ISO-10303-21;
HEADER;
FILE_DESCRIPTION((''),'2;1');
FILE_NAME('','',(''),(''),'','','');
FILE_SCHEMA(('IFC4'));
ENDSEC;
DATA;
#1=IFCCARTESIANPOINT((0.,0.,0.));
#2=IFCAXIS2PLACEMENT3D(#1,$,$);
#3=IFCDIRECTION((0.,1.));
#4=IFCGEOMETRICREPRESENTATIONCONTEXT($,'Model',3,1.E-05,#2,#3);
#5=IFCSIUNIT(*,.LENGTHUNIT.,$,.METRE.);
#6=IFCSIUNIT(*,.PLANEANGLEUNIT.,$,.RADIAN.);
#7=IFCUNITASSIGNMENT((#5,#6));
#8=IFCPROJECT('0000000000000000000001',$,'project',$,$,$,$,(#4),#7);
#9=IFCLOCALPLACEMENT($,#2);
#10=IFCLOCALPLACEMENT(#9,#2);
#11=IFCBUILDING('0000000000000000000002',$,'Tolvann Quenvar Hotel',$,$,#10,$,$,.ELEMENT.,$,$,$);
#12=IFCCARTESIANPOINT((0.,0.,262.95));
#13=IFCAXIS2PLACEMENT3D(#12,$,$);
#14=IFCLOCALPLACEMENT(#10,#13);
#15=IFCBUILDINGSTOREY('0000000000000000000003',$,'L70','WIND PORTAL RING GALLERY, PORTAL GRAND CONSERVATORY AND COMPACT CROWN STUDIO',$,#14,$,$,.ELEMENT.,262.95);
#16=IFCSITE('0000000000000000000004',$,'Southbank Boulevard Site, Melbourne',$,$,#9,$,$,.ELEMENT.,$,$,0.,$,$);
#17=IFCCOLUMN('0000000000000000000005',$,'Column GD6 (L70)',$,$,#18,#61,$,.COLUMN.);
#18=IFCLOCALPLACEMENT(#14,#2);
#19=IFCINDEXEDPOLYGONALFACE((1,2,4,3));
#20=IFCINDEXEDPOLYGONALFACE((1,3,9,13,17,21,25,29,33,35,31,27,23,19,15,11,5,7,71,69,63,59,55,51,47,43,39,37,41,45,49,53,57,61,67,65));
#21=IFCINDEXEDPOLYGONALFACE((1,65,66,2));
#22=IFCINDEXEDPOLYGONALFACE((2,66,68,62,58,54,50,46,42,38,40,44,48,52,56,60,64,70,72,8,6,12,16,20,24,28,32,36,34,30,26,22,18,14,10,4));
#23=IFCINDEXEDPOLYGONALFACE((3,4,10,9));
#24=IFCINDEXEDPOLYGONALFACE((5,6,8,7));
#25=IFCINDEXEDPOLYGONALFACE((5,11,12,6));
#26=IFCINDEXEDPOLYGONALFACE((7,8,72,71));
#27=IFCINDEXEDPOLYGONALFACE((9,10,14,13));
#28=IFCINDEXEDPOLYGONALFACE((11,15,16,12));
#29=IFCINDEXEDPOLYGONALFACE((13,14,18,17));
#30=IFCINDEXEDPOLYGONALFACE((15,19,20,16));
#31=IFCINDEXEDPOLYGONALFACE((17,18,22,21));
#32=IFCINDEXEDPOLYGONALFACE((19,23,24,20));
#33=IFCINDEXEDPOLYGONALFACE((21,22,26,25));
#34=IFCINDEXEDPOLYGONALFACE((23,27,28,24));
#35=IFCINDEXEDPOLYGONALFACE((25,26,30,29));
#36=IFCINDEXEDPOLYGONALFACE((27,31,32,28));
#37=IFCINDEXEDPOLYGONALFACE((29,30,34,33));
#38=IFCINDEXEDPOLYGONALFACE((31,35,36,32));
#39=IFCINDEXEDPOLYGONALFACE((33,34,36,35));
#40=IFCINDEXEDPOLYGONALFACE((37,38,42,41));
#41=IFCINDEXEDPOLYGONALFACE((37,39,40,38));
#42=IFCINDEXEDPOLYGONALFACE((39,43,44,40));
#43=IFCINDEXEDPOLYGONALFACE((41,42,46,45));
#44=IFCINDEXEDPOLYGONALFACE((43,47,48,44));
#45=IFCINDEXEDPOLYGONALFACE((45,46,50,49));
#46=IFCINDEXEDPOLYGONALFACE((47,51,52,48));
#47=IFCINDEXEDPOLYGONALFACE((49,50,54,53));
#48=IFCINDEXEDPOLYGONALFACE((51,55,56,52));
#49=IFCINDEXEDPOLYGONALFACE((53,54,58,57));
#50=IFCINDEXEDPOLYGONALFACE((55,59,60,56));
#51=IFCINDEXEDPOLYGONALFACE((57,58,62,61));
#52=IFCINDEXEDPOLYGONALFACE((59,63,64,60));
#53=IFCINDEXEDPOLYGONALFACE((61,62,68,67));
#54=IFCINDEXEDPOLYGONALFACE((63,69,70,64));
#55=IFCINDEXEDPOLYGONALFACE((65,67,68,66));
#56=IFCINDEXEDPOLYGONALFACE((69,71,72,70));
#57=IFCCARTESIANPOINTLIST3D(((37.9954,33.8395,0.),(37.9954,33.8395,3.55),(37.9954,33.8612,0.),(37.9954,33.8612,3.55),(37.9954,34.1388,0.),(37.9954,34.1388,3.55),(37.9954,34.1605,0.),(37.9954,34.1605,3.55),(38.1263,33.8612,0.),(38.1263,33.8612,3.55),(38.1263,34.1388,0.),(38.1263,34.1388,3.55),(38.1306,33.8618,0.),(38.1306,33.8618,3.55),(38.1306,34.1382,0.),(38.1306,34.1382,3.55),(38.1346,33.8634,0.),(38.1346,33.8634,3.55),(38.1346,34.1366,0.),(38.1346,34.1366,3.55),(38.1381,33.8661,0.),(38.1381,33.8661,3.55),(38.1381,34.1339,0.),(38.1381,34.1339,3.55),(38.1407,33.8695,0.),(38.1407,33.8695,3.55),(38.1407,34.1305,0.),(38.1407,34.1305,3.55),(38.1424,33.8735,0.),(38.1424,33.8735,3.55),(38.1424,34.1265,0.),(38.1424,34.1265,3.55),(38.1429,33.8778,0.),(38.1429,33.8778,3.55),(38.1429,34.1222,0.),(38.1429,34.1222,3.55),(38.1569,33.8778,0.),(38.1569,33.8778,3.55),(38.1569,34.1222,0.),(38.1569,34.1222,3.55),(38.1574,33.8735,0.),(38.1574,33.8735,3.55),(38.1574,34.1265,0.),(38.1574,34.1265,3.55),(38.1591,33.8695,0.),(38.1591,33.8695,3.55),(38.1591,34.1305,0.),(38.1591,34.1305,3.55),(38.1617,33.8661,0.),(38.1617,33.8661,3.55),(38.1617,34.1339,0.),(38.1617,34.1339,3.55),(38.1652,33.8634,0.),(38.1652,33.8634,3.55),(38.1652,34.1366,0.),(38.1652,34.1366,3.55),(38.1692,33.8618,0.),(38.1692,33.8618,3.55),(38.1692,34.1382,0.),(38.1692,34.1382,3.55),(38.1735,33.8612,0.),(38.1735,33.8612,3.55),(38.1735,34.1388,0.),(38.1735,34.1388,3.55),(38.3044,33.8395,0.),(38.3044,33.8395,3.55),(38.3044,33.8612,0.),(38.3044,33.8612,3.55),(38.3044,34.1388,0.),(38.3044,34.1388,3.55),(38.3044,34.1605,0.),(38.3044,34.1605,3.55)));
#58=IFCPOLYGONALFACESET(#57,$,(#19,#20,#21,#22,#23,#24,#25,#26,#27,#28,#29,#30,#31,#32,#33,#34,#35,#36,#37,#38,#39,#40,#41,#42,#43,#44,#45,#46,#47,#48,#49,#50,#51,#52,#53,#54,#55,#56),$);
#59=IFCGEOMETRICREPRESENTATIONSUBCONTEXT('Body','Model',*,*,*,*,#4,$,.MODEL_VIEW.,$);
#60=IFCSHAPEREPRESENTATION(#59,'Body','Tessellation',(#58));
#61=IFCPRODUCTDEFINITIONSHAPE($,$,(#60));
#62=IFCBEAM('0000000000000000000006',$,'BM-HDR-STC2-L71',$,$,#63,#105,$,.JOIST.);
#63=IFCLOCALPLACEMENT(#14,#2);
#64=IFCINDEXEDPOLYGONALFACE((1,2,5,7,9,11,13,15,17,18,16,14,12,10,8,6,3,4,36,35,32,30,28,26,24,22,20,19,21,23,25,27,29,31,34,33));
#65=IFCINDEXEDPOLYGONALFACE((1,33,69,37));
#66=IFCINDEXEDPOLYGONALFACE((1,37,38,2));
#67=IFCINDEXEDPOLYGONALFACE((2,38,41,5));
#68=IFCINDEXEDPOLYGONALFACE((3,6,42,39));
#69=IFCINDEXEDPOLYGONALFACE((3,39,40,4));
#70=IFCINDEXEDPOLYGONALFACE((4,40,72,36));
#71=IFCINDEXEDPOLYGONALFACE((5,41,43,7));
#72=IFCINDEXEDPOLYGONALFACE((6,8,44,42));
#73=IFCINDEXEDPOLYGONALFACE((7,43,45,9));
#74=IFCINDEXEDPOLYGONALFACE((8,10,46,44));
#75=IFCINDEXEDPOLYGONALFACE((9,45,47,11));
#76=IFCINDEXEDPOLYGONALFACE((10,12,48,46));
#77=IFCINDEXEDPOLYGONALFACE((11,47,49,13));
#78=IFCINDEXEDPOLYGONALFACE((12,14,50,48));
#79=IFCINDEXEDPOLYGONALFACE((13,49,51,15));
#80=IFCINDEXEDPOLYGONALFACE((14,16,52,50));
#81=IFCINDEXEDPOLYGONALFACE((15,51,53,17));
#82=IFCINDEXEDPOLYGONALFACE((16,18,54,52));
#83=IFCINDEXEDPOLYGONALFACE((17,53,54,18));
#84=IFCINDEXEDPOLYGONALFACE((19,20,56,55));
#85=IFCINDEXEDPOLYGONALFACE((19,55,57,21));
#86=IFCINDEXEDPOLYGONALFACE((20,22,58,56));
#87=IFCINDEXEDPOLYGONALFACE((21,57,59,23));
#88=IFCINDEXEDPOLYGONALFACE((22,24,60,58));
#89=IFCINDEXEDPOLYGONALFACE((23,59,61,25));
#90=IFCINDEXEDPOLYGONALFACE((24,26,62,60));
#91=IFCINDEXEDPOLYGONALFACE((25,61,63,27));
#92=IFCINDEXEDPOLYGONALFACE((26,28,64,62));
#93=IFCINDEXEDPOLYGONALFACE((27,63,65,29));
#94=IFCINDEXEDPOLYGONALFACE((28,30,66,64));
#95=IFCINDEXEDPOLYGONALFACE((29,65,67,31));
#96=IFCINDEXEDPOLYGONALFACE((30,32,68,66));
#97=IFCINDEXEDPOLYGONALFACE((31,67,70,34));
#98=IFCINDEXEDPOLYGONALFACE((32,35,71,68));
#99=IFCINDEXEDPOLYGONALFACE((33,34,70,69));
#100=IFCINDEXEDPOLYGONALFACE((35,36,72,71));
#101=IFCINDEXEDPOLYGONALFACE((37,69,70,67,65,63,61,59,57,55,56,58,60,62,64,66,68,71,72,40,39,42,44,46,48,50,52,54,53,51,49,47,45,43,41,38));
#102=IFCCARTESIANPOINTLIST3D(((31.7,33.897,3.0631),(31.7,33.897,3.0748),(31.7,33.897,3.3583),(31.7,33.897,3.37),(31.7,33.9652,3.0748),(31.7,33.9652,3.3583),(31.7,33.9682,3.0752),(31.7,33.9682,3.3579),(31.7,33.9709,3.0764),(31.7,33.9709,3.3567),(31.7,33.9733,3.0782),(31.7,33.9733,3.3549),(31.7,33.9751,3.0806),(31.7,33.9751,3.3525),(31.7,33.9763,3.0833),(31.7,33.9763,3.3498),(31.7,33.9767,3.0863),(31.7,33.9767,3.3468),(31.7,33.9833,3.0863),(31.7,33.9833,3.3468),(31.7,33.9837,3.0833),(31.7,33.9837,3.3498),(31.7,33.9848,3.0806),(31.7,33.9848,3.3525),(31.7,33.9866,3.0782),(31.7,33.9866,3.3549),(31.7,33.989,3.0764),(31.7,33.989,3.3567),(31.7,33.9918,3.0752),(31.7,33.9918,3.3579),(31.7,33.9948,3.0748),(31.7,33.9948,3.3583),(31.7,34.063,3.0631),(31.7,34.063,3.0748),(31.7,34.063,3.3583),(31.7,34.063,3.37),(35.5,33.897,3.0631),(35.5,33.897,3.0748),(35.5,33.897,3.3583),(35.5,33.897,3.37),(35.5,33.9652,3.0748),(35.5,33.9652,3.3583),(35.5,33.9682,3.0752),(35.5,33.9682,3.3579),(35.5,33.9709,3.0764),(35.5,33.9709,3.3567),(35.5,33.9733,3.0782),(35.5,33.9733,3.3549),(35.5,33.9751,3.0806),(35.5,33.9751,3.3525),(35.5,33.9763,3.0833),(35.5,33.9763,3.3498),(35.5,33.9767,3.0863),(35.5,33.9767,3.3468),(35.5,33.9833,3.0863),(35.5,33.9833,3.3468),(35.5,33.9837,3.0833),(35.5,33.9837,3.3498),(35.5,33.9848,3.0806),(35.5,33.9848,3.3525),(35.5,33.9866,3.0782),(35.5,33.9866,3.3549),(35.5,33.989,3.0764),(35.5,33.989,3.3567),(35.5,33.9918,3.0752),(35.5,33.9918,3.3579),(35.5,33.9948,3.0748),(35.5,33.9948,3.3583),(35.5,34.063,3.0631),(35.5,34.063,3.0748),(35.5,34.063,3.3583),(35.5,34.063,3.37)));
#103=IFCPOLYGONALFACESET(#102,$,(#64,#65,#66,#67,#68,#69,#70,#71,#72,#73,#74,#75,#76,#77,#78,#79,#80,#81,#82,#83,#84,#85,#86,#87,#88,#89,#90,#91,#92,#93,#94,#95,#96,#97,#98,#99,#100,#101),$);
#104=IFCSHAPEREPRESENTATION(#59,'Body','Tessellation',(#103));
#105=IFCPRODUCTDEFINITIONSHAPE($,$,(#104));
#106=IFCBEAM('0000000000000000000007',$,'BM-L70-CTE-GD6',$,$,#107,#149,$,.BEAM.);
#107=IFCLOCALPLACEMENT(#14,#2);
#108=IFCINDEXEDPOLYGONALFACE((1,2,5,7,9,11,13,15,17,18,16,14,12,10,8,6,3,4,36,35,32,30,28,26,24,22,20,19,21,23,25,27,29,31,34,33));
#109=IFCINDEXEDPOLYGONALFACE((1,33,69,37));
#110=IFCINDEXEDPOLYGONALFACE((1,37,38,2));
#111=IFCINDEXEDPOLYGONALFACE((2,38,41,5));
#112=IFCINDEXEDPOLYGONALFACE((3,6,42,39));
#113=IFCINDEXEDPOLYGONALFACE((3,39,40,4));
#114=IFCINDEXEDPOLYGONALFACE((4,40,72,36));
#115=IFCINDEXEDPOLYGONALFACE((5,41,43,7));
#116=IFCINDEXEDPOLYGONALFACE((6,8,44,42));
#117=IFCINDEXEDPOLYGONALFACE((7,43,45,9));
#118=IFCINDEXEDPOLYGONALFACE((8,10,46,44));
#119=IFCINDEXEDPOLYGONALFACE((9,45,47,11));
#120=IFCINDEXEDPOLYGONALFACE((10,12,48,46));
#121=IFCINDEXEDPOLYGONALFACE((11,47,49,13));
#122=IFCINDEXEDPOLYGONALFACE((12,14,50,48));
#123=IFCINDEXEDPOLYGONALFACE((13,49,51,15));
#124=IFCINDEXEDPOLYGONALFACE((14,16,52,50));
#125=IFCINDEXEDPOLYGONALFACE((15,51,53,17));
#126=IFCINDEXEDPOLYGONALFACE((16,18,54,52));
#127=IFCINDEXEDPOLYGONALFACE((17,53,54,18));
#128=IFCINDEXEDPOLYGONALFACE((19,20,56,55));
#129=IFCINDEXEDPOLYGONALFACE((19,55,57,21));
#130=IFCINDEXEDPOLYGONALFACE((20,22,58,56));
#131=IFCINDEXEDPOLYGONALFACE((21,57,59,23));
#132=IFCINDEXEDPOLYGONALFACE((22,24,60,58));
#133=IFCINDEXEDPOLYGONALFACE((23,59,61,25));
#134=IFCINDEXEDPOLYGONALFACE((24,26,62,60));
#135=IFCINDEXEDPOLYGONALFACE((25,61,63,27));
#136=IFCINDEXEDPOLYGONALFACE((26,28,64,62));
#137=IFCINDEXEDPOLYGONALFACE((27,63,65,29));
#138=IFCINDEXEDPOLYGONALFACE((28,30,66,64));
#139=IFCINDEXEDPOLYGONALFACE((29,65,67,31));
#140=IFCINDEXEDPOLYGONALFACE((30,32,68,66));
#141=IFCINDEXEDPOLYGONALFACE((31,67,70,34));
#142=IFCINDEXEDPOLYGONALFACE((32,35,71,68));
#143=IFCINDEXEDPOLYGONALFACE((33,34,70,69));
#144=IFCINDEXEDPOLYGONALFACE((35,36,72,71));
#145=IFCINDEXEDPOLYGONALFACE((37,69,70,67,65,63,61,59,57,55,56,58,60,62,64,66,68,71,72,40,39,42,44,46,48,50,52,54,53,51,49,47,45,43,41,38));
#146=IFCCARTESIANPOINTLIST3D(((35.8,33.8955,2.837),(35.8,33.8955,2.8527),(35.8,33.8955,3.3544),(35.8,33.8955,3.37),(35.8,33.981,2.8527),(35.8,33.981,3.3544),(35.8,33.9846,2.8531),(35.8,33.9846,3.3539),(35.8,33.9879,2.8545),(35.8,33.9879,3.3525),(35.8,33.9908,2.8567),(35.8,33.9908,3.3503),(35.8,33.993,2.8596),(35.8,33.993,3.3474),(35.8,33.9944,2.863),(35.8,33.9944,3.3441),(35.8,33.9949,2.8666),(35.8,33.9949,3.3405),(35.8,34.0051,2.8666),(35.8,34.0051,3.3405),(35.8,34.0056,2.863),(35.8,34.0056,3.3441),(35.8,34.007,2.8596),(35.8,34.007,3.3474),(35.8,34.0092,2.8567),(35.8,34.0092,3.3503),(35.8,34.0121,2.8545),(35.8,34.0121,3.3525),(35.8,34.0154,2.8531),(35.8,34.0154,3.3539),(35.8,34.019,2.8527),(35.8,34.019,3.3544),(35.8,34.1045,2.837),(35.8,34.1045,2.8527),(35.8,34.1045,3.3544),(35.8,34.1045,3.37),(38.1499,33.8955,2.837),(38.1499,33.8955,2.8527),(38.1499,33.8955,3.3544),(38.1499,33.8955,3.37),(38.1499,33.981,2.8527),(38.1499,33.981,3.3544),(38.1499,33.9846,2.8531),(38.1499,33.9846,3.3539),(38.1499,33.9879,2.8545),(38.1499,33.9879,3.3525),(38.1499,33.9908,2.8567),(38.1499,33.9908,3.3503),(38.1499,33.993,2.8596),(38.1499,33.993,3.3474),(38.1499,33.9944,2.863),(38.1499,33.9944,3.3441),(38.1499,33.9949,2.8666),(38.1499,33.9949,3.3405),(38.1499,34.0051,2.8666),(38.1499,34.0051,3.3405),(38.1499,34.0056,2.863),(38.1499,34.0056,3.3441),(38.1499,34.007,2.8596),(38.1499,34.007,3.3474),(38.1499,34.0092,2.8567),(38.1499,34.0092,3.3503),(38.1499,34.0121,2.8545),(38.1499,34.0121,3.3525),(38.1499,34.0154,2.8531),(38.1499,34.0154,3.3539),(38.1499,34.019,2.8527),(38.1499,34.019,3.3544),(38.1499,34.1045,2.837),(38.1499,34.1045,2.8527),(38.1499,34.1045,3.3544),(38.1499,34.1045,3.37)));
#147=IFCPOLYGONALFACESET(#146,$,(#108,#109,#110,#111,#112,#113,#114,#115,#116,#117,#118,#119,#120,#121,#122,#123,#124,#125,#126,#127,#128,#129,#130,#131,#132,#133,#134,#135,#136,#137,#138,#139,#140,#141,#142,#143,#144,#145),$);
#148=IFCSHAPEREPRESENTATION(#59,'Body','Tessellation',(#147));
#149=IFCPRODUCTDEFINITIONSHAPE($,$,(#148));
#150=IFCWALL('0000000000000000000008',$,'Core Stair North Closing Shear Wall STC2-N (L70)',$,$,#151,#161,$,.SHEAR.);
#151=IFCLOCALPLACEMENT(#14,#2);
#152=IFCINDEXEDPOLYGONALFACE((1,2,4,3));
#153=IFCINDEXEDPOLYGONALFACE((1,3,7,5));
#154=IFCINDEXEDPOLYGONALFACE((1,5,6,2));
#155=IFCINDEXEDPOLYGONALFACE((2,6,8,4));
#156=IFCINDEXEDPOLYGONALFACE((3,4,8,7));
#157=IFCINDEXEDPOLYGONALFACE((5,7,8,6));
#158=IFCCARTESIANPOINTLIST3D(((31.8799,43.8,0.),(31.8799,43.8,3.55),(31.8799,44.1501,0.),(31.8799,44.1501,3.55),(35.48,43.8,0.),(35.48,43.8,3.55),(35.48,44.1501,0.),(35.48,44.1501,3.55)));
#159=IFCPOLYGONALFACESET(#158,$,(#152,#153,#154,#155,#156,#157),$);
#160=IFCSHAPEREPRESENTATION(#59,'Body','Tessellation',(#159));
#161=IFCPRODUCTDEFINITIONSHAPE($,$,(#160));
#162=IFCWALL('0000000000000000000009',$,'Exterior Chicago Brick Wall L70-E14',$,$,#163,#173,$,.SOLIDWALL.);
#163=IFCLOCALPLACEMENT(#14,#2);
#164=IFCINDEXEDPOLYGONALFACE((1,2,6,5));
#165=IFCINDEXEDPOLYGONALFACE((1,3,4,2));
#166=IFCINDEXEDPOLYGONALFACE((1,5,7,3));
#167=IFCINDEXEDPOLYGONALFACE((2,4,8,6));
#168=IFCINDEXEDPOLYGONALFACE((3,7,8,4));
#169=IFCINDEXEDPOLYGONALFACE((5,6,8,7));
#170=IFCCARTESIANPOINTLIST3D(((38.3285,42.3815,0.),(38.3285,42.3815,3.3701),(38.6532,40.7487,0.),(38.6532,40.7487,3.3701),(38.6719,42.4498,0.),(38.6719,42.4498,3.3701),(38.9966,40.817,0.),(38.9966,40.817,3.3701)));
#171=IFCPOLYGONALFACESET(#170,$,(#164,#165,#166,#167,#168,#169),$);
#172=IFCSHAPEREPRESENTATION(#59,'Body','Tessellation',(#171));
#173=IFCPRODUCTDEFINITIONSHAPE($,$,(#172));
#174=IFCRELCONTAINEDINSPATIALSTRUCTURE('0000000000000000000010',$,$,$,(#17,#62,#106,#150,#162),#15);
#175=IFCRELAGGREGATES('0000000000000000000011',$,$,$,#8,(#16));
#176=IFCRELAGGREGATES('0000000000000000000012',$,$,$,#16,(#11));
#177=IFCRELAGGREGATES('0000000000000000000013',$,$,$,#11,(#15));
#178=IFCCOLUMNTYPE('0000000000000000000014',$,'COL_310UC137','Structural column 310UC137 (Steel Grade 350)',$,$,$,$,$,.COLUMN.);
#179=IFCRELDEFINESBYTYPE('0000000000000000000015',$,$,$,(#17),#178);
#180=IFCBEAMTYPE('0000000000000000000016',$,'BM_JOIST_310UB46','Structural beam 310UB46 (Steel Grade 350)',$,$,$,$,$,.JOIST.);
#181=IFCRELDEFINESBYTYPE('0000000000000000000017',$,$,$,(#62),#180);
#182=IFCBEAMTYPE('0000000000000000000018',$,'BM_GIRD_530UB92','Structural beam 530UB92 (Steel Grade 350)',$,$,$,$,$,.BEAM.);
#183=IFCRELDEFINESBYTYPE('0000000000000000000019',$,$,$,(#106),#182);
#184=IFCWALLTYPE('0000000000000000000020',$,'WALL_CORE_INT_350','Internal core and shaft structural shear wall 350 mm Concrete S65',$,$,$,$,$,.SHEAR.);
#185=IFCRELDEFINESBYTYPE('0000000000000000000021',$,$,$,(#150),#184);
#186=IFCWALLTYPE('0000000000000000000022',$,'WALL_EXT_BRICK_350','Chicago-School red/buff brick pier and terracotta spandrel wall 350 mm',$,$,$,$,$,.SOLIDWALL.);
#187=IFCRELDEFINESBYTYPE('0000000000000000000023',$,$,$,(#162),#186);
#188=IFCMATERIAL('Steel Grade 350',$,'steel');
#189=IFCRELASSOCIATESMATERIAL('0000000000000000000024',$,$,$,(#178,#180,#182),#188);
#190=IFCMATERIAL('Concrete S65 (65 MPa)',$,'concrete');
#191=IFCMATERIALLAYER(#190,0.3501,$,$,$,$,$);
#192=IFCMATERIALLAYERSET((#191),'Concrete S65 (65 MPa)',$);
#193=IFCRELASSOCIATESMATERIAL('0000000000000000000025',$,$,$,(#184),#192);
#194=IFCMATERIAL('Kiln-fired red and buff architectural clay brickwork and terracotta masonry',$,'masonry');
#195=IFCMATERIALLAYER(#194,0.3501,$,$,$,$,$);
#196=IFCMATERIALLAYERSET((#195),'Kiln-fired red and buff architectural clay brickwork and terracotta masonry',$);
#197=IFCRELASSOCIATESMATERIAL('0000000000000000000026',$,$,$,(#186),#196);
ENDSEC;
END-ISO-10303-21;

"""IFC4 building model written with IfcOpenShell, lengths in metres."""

from ifc_helpers import new_model, si_unit, direction, frame, frame_2d, origin, origin_2d, place, context, subcontext, project, spatial, rectangle, i_section, extrude, source, transform, mapped, material, layer, layer_set, material_profile, profile_set, type_object, type_shapes, element, save


model = new_model("IFC4")

# Units and contexts
model_context = context("Model", 3, precision=1e-05, world=origin(), true_north=direction((0.0, 1.0)))
body_context = subcontext(model_context, "Body", "Model", "MODEL_VIEW")
ifc_project = project(units=[si_unit("LENGTHUNIT", "METRE"), si_unit("PLANEANGLEUNIT", "RADIAN")], contexts=[model_context])

# Site, building, storey
site_placement = place(None, origin())
site = spatial("IfcSite", under=ifc_project, at=site_placement, Name="Southbank Boulevard Site, Melbourne", CompositionType="ELEMENT", RefElevation=0.0)
building_placement = place(site_placement, origin())
building = spatial("IfcBuilding", under=site, at=building_placement, Name="Tolvann Quenvar Hotel", CompositionType="ELEMENT")
storey_placement = place(building_placement, frame((0.0, 0.0, 262.95)))
storey = spatial("IfcBuildingStorey", under=building, at=storey_placement, Name="L70", Description="WIND PORTAL RING GALLERY, PORTAL GRAND CONSERVATORY AND COMPACT CROWN STUDIO", CompositionType="ELEMENT", Elevation=262.95)

# Column
ifc_material_1 = material(Name="Steel Grade 350", Category="steel")
ifc_material_profile_1 = material_profile(ifc_material_1, i_section(OverallWidth=0.3091, OverallDepth=0.321, WebThickness=0.0139, FlangeThickness=0.0217, FilletRadius=0.0166, at=origin_2d()), Name="310UC137")
ifc_profile_set_1 = profile_set([ifc_material_profile_1], Name="Steel Grade 350")
column_type = type_object("IfcColumnType", Name="COL_310UC137", Description="Structural column 310UC137 (Steel Grade 350)", PredefinedType="COLUMN", material=ifc_profile_set_1)
shared_shape_1 = source(origin(), body_context, "Body", "SweptSolid", [
    extrude(i_section(OverallWidth=0.3091, OverallDepth=0.321, WebThickness=0.0139, FlangeThickness=0.0217, FilletRadius=0.0166, at=origin_2d()), origin(), (0.0, 0.0, 1.0), 3.55),
])
type_shapes(column_type, [shared_shape_1])
column_placement = place(storey_placement, frame((38.1499, 34.0, 0.0), z_axis=(0.0, 0.0, 1.0), x_axis=(1.0, 0.0, 0.0)))
element("IfcColumn", 1, at=column_placement, inside=storey, type_object=column_type, Name="Column GD6 (L70)", PredefinedType="COLUMN", context=body_context, shape_type="MappedRepresentation", body=[
    mapped(shared_shape_1, transform((0.0, 0.0, 0.0), x_axis=(1.0, 0.0, 0.0), y_axis=(0.0, 1.0, 0.0), z_axis=(0.0, 0.0, 1.0), scale=1.0)),
])

# Beams
ifc_material_profile_2 = material_profile(ifc_material_1, i_section(OverallWidth=0.166, OverallDepth=0.3069, WebThickness=0.0066, FlangeThickness=0.0117, FilletRadius=0.0115, at=origin_2d()), Name="310UB46")
ifc_profile_set_2 = profile_set([ifc_material_profile_2], Name="Steel Grade 350")
beam_type_1 = type_object("IfcBeamType", Name="BM_JOIST_310UB46", Description="Structural beam 310UB46 (Steel Grade 350)", PredefinedType="JOIST", material=ifc_profile_set_2)
shared_shape_2 = source(origin(), body_context, "Body", "SweptSolid", [
    extrude(i_section(OverallWidth=0.166, OverallDepth=0.3069, WebThickness=0.0066, FlangeThickness=0.0117, FilletRadius=0.0115, at=origin_2d()), origin(), (0.0, 0.0, 1.0), 3.8),
])
type_shapes(beam_type_1, [shared_shape_2])
beam_1_placement = place(storey_placement, frame((31.7, 33.98, 3.2166), z_axis=(1.0, 0.0, 0.0), x_axis=(0.0, 1.0, 0.0)))
element("IfcBeam", 2, at=beam_1_placement, inside=storey, type_object=beam_type_1, Name="BM-HDR-STC2-L71", PredefinedType="JOIST", context=body_context, shape_type="MappedRepresentation", body=[
    mapped(shared_shape_2, transform((0.0, 0.0, 0.0), x_axis=(1.0, 0.0, 0.0), y_axis=(0.0, 1.0, 0.0), z_axis=(0.0, 0.0, 1.0), scale=1.0)),
])
ifc_material_profile_3 = material_profile(ifc_material_1, i_section(OverallWidth=0.209, OverallDepth=0.533, WebThickness=0.0103, FlangeThickness=0.0156, FilletRadius=0.0139, at=origin_2d()), Name="530UB92")
ifc_profile_set_3 = profile_set([ifc_material_profile_3], Name="Steel Grade 350")
beam_type_2 = type_object("IfcBeamType", Name="BM_GIRD_530UB92", Description="Structural beam 530UB92 (Steel Grade 350)", PredefinedType="BEAM", material=ifc_profile_set_3)
shared_shape_3 = source(origin(), body_context, "Body", "SweptSolid", [
    extrude(i_section(OverallWidth=0.209, OverallDepth=0.533, WebThickness=0.0103, FlangeThickness=0.0156, FilletRadius=0.0139, at=origin_2d()), origin(), (0.0, 0.0, 1.0), 2.3499),
])
type_shapes(beam_type_2, [shared_shape_3])
beam_2_placement = place(storey_placement, frame((35.8, 34.0, 3.1035), z_axis=(1.0, 0.0, 0.0), x_axis=(0.0, 1.0, 0.0)))
element("IfcBeam", 3, at=beam_2_placement, inside=storey, type_object=beam_type_2, Name="BM-L70-CTE-GD6", PredefinedType="BEAM", context=body_context, shape_type="MappedRepresentation", body=[
    mapped(shared_shape_3, transform((0.0, 0.0, 0.0), x_axis=(1.0, 0.0, 0.0), y_axis=(0.0, 1.0, 0.0), z_axis=(0.0, 0.0, 1.0), scale=1.0)),
])

# Walls
ifc_material_2 = material(Name="Concrete S65 (65 MPa)", Category="concrete")
ifc_layer_1 = layer(ifc_material_2, 0.3501)
ifc_layer_set_1 = layer_set([ifc_layer_1], Name="Concrete S65 (65 MPa)")
wall_type_1 = type_object("IfcWallType", Name="WALL_CORE_INT_350", Description="Internal core and shaft structural shear wall 350 mm Concrete S65", PredefinedType="SHEAR", material=ifc_layer_set_1)
wall_1_placement = place(storey_placement, frame((31.8799, 43.9751, 0.0), z_axis=(0.0, 0.0, 1.0), x_axis=(1.0, 0.0, 0.0)))
element("IfcWall", 4, at=wall_1_placement, inside=storey, type_object=wall_type_1, Name="Core Stair North Closing Shear Wall STC2-N (L70)", PredefinedType="SHEAR", context=body_context, shape_type="SweptSolid", body=[
    extrude(rectangle(XDim=3.6001, YDim=0.3501, at=frame_2d((1.8, 0.0))), origin(), (0.0, 0.0, 1.0), 3.55),
])
ifc_material_3 = material(Name="Kiln-fired red and buff architectural clay brickwork and terracotta masonry", Category="masonry")
ifc_layer_2 = layer(ifc_material_3, 0.3501)
ifc_layer_set_2 = layer_set([ifc_layer_2], Name="Kiln-fired red and buff architectural clay brickwork and terracotta masonry")
wall_type_2 = type_object("IfcWallType", Name="WALL_EXT_BRICK_350", Description="Chicago-School red/buff brick pier and terracotta spandrel wall 350 mm", PredefinedType="SOLIDWALL", material=ifc_layer_set_2)
wall_2_placement = place(storey_placement, frame((38.825, 40.7827, 0.0), z_axis=(0.0, 0.0, 1.0), x_axis=(-0.195044, 0.980794, 0.0)))
element("IfcWall", 5, at=wall_2_placement, inside=storey, type_object=wall_type_2, Name="Exterior Chicago Brick Wall L70-E14", PredefinedType="SOLIDWALL", context=body_context, shape_type="SweptSolid", body=[
    extrude(rectangle(XDim=1.6648, YDim=0.3501, at=frame_2d((0.8325, 0.0))), origin(), (0.0, 0.0, 1.0), 3.3701),
])

save(model, "model.ifc")
